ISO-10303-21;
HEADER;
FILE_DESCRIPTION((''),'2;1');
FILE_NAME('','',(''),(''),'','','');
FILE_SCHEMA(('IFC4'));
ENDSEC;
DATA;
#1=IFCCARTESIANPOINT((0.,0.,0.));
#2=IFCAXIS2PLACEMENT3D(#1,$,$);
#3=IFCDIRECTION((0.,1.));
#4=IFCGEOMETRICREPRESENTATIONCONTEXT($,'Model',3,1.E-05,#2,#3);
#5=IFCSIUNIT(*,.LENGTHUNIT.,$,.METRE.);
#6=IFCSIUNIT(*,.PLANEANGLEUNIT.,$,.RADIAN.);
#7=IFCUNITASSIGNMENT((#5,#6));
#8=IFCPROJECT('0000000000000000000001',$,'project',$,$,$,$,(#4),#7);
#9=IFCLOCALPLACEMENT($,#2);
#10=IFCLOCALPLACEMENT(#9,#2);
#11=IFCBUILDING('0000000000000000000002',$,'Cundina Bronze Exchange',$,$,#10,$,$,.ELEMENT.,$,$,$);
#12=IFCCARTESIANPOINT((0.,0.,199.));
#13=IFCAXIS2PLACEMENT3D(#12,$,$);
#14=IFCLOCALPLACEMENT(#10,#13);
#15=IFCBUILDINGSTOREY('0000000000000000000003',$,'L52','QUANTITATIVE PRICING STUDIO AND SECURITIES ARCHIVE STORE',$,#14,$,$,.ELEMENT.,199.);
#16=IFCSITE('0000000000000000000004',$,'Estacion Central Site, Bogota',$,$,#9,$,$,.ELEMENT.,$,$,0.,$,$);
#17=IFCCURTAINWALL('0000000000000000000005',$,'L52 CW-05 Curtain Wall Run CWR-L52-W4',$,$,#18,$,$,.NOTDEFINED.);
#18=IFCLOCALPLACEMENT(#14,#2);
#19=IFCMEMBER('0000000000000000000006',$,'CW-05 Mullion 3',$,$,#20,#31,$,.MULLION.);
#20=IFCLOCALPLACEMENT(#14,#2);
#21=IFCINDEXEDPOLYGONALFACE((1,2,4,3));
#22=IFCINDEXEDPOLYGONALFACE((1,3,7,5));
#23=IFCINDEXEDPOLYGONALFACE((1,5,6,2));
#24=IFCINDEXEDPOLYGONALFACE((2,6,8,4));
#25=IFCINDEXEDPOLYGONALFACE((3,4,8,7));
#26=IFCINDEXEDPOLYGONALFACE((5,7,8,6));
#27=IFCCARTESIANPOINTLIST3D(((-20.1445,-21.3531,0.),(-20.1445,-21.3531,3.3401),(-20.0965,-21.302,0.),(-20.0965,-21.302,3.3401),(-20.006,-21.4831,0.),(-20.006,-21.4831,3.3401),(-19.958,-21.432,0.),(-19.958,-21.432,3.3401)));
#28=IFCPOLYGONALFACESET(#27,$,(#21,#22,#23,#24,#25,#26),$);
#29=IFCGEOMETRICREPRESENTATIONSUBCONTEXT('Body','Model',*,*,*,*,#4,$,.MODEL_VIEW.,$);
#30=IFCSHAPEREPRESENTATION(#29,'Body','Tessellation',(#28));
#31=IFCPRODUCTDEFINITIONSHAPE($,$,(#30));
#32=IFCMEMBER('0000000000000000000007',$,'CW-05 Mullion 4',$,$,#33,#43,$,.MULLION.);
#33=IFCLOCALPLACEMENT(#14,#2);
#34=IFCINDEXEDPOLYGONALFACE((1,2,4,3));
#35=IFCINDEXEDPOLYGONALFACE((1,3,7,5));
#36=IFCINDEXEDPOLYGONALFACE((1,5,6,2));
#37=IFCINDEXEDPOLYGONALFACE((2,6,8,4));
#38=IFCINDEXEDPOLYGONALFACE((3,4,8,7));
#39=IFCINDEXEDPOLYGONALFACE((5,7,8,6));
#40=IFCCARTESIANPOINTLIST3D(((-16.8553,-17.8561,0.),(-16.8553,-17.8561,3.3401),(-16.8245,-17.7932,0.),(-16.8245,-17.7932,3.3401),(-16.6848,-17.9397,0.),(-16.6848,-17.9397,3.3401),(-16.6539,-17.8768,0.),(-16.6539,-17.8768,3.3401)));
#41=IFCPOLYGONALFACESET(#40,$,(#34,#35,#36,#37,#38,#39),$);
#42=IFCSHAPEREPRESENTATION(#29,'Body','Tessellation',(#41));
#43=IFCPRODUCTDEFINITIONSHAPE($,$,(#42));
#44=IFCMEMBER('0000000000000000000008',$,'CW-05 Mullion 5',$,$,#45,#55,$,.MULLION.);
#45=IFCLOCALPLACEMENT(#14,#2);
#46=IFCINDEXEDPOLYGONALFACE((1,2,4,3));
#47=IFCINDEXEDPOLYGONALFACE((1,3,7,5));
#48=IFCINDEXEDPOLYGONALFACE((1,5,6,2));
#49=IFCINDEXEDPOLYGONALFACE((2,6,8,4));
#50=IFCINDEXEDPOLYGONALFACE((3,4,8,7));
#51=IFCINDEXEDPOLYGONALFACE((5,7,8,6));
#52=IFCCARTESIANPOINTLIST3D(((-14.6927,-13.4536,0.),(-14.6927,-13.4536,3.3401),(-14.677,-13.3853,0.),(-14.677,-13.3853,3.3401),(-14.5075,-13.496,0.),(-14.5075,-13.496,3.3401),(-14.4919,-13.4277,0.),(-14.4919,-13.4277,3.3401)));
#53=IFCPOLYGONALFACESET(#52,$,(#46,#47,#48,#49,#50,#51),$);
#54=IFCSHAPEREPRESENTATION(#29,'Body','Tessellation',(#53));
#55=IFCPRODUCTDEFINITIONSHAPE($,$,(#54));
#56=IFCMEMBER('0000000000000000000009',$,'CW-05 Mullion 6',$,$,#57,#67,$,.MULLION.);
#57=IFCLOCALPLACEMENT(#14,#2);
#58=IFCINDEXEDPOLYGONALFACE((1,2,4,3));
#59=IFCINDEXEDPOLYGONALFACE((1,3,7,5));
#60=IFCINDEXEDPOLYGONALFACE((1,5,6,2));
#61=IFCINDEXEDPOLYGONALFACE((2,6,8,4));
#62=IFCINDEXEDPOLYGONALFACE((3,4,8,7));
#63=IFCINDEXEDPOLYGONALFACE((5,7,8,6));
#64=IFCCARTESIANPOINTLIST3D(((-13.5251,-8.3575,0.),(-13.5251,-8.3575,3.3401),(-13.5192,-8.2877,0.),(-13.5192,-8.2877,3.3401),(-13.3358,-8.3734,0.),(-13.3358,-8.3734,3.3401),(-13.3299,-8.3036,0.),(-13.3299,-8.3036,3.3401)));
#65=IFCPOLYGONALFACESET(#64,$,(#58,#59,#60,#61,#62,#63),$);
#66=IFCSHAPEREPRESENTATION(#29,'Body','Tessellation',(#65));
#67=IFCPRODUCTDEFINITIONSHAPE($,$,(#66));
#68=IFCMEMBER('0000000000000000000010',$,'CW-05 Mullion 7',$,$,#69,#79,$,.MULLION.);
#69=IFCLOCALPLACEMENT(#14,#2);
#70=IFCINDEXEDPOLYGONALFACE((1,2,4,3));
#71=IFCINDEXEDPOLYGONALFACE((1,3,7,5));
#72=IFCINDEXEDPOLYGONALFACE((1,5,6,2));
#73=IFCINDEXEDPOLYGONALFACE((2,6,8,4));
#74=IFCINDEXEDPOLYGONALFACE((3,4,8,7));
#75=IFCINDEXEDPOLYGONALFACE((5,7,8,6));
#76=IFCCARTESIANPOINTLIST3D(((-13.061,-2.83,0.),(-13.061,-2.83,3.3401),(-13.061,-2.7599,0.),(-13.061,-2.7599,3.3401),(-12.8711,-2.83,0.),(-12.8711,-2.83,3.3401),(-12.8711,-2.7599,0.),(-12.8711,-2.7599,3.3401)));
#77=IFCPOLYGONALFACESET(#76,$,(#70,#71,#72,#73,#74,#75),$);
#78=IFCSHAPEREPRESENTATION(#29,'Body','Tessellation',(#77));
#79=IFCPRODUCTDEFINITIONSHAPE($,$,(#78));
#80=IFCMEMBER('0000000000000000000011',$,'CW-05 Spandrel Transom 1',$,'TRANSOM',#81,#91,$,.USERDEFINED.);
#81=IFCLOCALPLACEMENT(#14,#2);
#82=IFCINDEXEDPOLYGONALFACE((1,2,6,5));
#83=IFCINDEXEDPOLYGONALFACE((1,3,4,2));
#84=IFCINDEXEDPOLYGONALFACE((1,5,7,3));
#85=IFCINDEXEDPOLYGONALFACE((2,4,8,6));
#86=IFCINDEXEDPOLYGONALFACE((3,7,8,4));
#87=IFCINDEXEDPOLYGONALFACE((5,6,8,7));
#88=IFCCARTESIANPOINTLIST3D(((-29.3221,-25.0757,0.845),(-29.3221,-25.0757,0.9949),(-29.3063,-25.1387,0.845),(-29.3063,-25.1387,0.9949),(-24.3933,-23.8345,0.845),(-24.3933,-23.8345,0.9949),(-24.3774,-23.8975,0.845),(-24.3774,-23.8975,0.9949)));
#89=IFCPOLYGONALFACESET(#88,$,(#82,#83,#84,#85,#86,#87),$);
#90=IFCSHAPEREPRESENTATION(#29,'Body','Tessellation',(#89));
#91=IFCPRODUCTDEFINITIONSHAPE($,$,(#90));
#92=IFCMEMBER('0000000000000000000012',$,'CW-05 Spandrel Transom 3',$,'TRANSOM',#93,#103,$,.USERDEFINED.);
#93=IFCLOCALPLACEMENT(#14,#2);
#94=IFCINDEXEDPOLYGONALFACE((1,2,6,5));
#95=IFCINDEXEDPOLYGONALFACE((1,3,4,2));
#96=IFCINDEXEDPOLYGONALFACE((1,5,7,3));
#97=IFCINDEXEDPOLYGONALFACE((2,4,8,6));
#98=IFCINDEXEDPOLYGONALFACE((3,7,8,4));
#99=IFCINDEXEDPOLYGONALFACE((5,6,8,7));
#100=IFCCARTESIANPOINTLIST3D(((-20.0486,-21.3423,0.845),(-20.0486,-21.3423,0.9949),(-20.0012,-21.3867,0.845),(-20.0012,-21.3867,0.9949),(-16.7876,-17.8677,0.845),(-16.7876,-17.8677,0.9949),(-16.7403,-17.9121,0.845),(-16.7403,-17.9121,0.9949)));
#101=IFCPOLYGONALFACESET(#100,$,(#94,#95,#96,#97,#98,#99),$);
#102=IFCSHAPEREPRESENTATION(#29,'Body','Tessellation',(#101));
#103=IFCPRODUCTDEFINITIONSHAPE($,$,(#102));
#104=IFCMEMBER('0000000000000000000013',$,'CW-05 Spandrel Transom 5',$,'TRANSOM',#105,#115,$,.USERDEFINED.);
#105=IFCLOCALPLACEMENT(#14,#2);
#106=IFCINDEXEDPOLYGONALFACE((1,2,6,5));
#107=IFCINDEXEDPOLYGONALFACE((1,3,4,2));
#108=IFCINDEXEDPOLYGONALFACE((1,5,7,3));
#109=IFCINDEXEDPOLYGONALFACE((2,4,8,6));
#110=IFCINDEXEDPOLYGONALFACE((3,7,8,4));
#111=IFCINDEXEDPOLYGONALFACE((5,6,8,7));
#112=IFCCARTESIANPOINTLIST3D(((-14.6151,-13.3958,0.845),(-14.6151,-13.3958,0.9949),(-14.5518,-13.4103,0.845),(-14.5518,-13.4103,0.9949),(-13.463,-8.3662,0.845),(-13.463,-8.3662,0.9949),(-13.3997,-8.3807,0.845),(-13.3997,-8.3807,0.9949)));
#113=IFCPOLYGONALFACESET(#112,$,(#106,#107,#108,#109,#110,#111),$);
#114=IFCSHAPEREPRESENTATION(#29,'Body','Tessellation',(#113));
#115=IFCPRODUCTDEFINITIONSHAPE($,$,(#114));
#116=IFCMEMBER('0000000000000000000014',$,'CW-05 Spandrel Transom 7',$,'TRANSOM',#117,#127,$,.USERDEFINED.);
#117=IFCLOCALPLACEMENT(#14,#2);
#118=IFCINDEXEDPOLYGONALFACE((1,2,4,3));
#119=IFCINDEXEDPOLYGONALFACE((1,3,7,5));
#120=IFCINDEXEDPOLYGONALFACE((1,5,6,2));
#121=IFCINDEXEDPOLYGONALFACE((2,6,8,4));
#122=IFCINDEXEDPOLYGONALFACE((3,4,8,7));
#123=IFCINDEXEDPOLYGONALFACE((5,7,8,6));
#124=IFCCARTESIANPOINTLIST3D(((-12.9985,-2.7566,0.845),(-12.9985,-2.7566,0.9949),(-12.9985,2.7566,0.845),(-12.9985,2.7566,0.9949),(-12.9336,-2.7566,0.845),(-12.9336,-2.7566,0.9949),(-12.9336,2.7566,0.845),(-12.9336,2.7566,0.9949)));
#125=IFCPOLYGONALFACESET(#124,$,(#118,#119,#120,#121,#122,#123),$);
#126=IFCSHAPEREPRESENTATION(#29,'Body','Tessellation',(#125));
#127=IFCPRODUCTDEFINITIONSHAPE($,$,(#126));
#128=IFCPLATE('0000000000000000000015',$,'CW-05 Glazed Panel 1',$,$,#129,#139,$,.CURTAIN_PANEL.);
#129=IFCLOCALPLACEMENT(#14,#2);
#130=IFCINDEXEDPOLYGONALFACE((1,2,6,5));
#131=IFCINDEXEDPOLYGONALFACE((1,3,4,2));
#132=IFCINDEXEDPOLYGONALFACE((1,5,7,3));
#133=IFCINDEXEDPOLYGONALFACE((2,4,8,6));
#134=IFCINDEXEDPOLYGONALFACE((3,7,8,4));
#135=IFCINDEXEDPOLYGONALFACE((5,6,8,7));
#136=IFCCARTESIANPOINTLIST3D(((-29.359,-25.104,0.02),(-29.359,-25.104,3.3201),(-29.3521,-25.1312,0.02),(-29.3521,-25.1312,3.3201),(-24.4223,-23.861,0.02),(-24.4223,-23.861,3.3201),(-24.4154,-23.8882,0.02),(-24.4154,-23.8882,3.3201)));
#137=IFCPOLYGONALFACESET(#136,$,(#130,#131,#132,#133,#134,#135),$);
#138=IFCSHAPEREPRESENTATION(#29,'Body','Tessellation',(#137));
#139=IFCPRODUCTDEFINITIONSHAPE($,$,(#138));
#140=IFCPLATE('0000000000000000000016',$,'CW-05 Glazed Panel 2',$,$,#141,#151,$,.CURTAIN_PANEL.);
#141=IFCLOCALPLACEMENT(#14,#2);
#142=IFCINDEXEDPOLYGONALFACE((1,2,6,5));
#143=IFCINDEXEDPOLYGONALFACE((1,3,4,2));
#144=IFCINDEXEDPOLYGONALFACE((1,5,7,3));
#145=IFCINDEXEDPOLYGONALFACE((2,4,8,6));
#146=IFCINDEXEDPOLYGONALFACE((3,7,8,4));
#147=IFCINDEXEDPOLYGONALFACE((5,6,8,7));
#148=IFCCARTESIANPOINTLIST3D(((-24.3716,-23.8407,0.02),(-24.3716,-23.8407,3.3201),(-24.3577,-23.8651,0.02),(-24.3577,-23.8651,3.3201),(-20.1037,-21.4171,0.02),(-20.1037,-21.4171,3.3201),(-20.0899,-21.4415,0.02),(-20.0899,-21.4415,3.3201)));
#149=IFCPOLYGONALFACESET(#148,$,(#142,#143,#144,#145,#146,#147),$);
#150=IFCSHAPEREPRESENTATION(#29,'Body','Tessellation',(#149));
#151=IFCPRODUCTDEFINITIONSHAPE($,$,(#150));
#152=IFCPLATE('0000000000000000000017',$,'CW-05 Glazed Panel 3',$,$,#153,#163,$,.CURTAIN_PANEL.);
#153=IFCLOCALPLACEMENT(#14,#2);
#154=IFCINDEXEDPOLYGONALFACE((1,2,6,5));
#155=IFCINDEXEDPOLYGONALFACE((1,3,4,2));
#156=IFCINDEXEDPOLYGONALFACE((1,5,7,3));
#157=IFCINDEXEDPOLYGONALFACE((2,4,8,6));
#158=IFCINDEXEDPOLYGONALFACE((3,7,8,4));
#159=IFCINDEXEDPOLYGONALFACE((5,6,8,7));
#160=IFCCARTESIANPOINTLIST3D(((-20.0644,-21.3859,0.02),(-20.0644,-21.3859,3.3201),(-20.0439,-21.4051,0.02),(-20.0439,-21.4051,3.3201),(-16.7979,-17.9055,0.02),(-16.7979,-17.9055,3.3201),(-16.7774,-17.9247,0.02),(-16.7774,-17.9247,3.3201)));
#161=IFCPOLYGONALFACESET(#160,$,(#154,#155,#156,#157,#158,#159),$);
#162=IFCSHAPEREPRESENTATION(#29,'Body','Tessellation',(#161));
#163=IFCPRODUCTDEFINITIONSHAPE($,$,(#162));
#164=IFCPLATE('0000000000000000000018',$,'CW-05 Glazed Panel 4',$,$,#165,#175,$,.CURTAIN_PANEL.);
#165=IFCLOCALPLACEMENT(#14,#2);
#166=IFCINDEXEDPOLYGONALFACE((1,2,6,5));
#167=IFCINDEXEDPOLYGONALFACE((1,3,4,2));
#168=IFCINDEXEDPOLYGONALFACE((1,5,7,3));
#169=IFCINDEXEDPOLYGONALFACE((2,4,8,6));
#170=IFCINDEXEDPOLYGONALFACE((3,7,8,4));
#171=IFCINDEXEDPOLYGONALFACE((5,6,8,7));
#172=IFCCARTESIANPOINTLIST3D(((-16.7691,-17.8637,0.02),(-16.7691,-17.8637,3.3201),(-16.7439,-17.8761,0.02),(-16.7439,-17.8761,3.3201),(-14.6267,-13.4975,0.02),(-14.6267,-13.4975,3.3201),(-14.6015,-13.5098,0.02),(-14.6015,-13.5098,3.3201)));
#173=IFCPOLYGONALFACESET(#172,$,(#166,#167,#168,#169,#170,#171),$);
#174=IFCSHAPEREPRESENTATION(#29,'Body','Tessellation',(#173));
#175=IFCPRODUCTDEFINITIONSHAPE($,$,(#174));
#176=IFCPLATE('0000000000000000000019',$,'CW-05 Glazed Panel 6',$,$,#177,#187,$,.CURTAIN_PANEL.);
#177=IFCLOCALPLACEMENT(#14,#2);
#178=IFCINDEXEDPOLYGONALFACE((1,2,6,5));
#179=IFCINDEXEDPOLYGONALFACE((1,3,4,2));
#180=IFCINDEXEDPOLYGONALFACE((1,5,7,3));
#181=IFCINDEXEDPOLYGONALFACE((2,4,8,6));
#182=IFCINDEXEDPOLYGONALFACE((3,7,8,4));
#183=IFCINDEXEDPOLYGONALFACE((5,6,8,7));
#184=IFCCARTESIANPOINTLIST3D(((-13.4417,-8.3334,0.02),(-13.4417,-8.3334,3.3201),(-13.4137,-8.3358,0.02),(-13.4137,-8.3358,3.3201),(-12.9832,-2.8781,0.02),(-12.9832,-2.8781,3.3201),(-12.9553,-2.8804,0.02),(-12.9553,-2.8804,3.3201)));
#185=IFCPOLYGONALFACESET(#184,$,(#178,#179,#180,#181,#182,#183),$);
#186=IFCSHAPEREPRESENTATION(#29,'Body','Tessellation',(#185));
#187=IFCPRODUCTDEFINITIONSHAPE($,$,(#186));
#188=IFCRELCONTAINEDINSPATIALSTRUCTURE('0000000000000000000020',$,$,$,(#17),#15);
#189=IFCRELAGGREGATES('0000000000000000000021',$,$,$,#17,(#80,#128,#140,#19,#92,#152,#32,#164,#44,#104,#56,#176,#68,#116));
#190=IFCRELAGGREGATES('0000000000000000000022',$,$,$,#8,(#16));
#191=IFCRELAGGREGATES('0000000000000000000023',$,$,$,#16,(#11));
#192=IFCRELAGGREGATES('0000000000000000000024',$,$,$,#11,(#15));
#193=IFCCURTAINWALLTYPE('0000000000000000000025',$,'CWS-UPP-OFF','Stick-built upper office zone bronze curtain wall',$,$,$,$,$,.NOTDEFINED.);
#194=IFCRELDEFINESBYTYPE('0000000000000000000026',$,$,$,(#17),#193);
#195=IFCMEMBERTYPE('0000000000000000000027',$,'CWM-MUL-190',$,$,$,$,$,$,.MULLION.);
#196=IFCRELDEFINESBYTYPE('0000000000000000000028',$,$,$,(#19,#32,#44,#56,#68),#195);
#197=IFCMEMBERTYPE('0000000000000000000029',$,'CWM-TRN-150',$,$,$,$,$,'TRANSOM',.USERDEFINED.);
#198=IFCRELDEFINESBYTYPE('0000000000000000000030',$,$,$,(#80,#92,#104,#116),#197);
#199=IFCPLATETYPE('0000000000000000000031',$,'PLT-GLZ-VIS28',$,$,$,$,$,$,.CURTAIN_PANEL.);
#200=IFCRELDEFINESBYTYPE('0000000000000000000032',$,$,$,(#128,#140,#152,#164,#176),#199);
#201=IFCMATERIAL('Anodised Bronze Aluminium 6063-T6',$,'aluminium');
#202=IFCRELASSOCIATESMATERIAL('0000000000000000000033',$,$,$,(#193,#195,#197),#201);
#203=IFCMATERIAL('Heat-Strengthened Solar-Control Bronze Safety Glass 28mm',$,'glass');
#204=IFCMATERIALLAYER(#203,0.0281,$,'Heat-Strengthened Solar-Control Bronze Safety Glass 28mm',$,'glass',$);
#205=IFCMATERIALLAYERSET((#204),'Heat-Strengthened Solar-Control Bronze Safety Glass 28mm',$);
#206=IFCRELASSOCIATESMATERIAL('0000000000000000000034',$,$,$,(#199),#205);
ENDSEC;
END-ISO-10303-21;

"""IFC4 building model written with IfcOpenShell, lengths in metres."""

from ifc_helpers import new_model, si_unit, direction, frame, origin, origin_2d, place, context, subcontext, project, spatial, rectangle, extrude, material, layer, layer_set, material_profile, profile_set, type_object, element, aggregate, save


model = new_model("IFC4")

# Units and contexts
model_context = context("Model", 3, precision=1e-05, world=origin(), true_north=direction((0.0, 1.0)))
body_context = subcontext(model_context, "Body", "Model", "MODEL_VIEW")
ifc_project = project(units=[si_unit("LENGTHUNIT", "METRE"), si_unit("PLANEANGLEUNIT", "RADIAN")], contexts=[model_context])

# Site, building, storey
site_placement = place(None, origin())
site = spatial("IfcSite", under=ifc_project, at=site_placement, Name="Estacion Central Site, Bogota", CompositionType="ELEMENT", RefElevation=0.0)
building_placement = place(site_placement, origin())
building = spatial("IfcBuilding", under=site, at=building_placement, Name="Cundina Bronze Exchange", CompositionType="ELEMENT")
storey_placement = place(building_placement, frame((0.0, 0.0, 199.0)))
storey = spatial("IfcBuildingStorey", under=building, at=storey_placement, Name="L52", Description="QUANTITATIVE PRICING STUDIO AND SECURITIES ARCHIVE STORE", CompositionType="ELEMENT", Elevation=199.0)

# Curtain wall, members, plates
ifc_material_1 = material(Name="Anodised Bronze Aluminium 6063-T6", Category="aluminium")
curtain_wall_type = type_object("IfcCurtainWallType", Name="CWS-UPP-OFF", Description="Stick-built upper office zone bronze curtain wall", PredefinedType="NOTDEFINED", material=ifc_material_1)
curtain_wall_placement = place(storey_placement, origin())
curtain_wall = element("IfcCurtainWall", 1, at=curtain_wall_placement, inside=storey, type_object=curtain_wall_type, Name="L52 CW-05 Curtain Wall Run CWR-L52-W4", PredefinedType="NOTDEFINED")
ifc_material_profile_1 = material_profile(ifc_material_1, rectangle(XDim=0.0701, YDim=0.1899, at=origin_2d()), Name="AL70X190", Category="aluminium")
ifc_profile_set_1 = profile_set([ifc_material_profile_1], Name="Anodised Bronze Aluminium 6063-T6")
member_type_1 = type_object("IfcMemberType", Name="CWM-MUL-190", PredefinedType="MULLION", material=ifc_profile_set_1)
member_1_placement = place(storey_placement, frame((-20.0513, -21.3926, 0.0), z_axis=(0.0, 0.0, 1.0), x_axis=(0.684293, 0.729208, 0.0)))
member_1 = element("IfcMember", 2, at=member_1_placement, type_object=member_type_1, Name="CW-05 Mullion 3", PredefinedType="MULLION", context=body_context, shape_type="SweptSolid", body=[
    extrude(rectangle(XDim=0.0701, YDim=0.1899, at=origin_2d()), origin(), (0.0, 0.0, 1.0), 3.3401),
])
member_2_placement = place(storey_placement, frame((-16.7546, -17.8665, 0.0), z_axis=(0.0, 0.0, 1.0), x_axis=(0.440566, 0.89772, 0.0)))
member_2 = element("IfcMember", 3, at=member_2_placement, type_object=member_type_1, Name="CW-05 Mullion 4", PredefinedType="MULLION", context=body_context, shape_type="SweptSolid", body=[
    extrude(rectangle(XDim=0.0701, YDim=0.1899, at=origin_2d()), origin(), (0.0, 0.0, 1.0), 3.3401),
])
member_3_placement = place(storey_placement, frame((-14.5923, -13.4407, 0.0), z_axis=(0.0, 0.0, 1.0), x_axis=(0.22325, 0.974761, 0.0)))
member_3 = element("IfcMember", 4, at=member_3_placement, type_object=member_type_1, Name="CW-05 Mullion 5", PredefinedType="MULLION", context=body_context, shape_type="SweptSolid", body=[
    extrude(rectangle(XDim=0.0701, YDim=0.1899, at=origin_2d()), origin(), (0.0, 0.0, 1.0), 3.3401),
])
member_4_placement = place(storey_placement, frame((-13.4275, -8.3306, 0.0), z_axis=(0.0, 0.0, 1.0), x_axis=(0.083678, 0.996493, 0.0)))
member_4 = element("IfcMember", 5, at=member_4_placement, type_object=member_type_1, Name="CW-05 Mullion 6", PredefinedType="MULLION", context=body_context, shape_type="SweptSolid", body=[
    extrude(rectangle(XDim=0.0701, YDim=0.1899, at=origin_2d()), origin(), (0.0, 0.0, 1.0), 3.3401),
])
member_5_placement = place(storey_placement, frame((-12.9661, -2.7949, 0.0), z_axis=(0.0, 0.0, 1.0), x_axis=(0.0, 1.0, 0.0)))
member_5 = element("IfcMember", 6, at=member_5_placement, type_object=member_type_1, Name="CW-05 Mullion 7", PredefinedType="MULLION", context=body_context, shape_type="SweptSolid", body=[
    extrude(rectangle(XDim=0.0701, YDim=0.1899, at=origin_2d()), origin(), (0.0, 0.0, 1.0), 3.3401),
])
ifc_material_profile_2 = material_profile(ifc_material_1, rectangle(XDim=0.0649, YDim=0.1499, at=origin_2d()), Name="AL65X150", Category="aluminium")
ifc_profile_set_2 = profile_set([ifc_material_profile_2], Name="Anodised Bronze Aluminium 6063-T6")
member_type_2 = type_object("IfcMemberType", Name="CWM-TRN-150", ElementType="TRANSOM", PredefinedType="USERDEFINED", material=ifc_profile_set_2)
member_6_placement = place(storey_placement, frame((-29.3142, -25.1072, 0.9199), z_axis=(0.969726, 0.244197, 0.0), x_axis=(-0.244197, 0.969726, 0.0)))
member_6 = element("IfcMember", 7, at=member_6_placement, type_object=member_type_2, Name="CW-05 Spandrel Transom 1", ObjectType="TRANSOM", PredefinedType="USERDEFINED", context=body_context, shape_type="SweptSolid", body=[
    extrude(rectangle(XDim=0.0649, YDim=0.1499, at=origin_2d()), origin(), (0.0, 0.0, 1.0), 5.0828),
])
member_7_placement = place(storey_placement, frame((-20.0249, -21.3645, 0.9199), z_axis=(0.684336, 0.729166, 0.0), x_axis=(-0.729166, 0.684336, 0.0)))
member_7 = element("IfcMember", 8, at=member_7_placement, type_object=member_type_2, Name="CW-05 Spandrel Transom 3", ObjectType="TRANSOM", PredefinedType="USERDEFINED", context=body_context, shape_type="SweptSolid", body=[
    extrude(rectangle(XDim=0.0649, YDim=0.1499, at=origin_2d()), origin(), (0.0, 0.0, 1.0), 4.7651),
])
member_8_placement = place(storey_placement, frame((-14.5835, -13.4031, 0.9199), z_axis=(0.223283, 0.974754, 0.0), x_axis=(-0.974754, 0.223283, 0.0)))
member_8 = element("IfcMember", 9, at=member_8_placement, type_object=member_type_2, Name="CW-05 Spandrel Transom 5", ObjectType="TRANSOM", PredefinedType="USERDEFINED", context=body_context, shape_type="SweptSolid", body=[
    extrude(rectangle(XDim=0.0649, YDim=0.1499, at=origin_2d()), origin(), (0.0, 0.0, 1.0), 5.1599),
])
member_9_placement = place(storey_placement, frame((-12.9661, -2.7566, 0.9199), z_axis=(0.0, 1.0, 0.0), x_axis=(-1.0, 0.0, 0.0)))
member_9 = element("IfcMember", 10, at=member_9_placement, type_object=member_type_2, Name="CW-05 Spandrel Transom 7", ObjectType="TRANSOM", PredefinedType="USERDEFINED", context=body_context, shape_type="SweptSolid", body=[
    extrude(rectangle(XDim=0.0649, YDim=0.1499, at=origin_2d()), origin(), (0.0, 0.0, 1.0), 5.5132),
])
ifc_material_2 = material(Name="Heat-Strengthened Solar-Control Bronze Safety Glass 28mm", Category="glass")
ifc_layer_1 = layer(ifc_material_2, 0.0281, Name="Heat-Strengthened Solar-Control Bronze Safety Glass 28mm", Category="glass")
ifc_layer_set_1 = layer_set([ifc_layer_1], Name="Heat-Strengthened Solar-Control Bronze Safety Glass 28mm")
plate_type_1 = type_object("IfcPlateType", Name="PLT-GLZ-VIS28", PredefinedType="CURTAIN_PANEL", material=ifc_layer_set_1)
plate_1_placement = place(storey_placement, frame((-26.8872, -24.4961, 0.02), z_axis=(0.0, 0.0, 1.0), x_axis=(0.969732, 0.244174, 0.0)))
plate_1 = element("IfcPlate", 11, at=plate_1_placement, type_object=plate_type_1, Name="CW-05 Glazed Panel 1", PredefinedType="CURTAIN_PANEL", context=body_context, shape_type="SweptSolid", body=[
    extrude(rectangle(XDim=5.0908, YDim=0.0281, at=origin_2d()), origin(), (0.0, 0.0, 1.0), 3.3),
])
plate_2_placement = place(storey_placement, frame((-22.2307, -22.6411, 0.02), z_axis=(0.0, 0.0, 1.0), x_axis=(0.869573, 0.493805, 0.0)))
plate_2 = element("IfcPlate", 12, at=plate_2_placement, type_object=plate_type_1, Name="CW-05 Glazed Panel 2", PredefinedType="CURTAIN_PANEL", context=body_context, shape_type="SweptSolid", body=[
    extrude(rectangle(XDim=4.908, YDim=0.0281, at=origin_2d()), origin(), (0.0, 0.0, 1.0), 3.3),
])
plate_3_placement = place(storey_placement, frame((-18.4209, -19.6553, 0.02), z_axis=(0.0, 0.0, 1.0), x_axis=(0.684344, 0.72916, 0.0)))
plate_3 = element("IfcPlate", 13, at=plate_3_placement, type_object=plate_type_1, Name="CW-05 Glazed Panel 3", PredefinedType="CURTAIN_PANEL", context=body_context, shape_type="SweptSolid", body=[
    extrude(rectangle(XDim=4.7732, YDim=0.0281, at=origin_2d()), origin(), (0.0, 0.0, 1.0), 3.3),
])
plate_4_placement = place(storey_placement, frame((-15.6853, -15.6868, 0.02), z_axis=(0.0, 0.0, 1.0), x_axis=(0.440503, 0.897751, 0.0)))
plate_4 = element("IfcPlate", 14, at=plate_4_placement, type_object=plate_type_1, Name="CW-05 Glazed Panel 4", PredefinedType="CURTAIN_PANEL", context=body_context, shape_type="SweptSolid", body=[
    extrude(rectangle(XDim=4.8635, YDim=0.0281, at=origin_2d()), origin(), (0.0, 0.0, 1.0), 3.3),
])
plate_5_placement = place(storey_placement, frame((-13.1985, -5.6069, 0.02), z_axis=(0.0, 0.0, 1.0), x_axis=(0.083747, 0.996487, 0.0)))
plate_5 = element("IfcPlate", 15, at=plate_5_placement, type_object=plate_type_1, Name="CW-05 Glazed Panel 6", PredefinedType="CURTAIN_PANEL", context=body_context, shape_type="SweptSolid", body=[
    extrude(rectangle(XDim=5.4746, YDim=0.0281, at=origin_2d()), origin(), (0.0, 0.0, 1.0), 3.3),
])
aggregate(curtain_wall, [member_6, plate_1, plate_2, member_1, member_7, plate_3, member_2, plate_4, member_3, member_8, member_4, plate_5, member_5, member_9])

save(model, "model.ifc")
